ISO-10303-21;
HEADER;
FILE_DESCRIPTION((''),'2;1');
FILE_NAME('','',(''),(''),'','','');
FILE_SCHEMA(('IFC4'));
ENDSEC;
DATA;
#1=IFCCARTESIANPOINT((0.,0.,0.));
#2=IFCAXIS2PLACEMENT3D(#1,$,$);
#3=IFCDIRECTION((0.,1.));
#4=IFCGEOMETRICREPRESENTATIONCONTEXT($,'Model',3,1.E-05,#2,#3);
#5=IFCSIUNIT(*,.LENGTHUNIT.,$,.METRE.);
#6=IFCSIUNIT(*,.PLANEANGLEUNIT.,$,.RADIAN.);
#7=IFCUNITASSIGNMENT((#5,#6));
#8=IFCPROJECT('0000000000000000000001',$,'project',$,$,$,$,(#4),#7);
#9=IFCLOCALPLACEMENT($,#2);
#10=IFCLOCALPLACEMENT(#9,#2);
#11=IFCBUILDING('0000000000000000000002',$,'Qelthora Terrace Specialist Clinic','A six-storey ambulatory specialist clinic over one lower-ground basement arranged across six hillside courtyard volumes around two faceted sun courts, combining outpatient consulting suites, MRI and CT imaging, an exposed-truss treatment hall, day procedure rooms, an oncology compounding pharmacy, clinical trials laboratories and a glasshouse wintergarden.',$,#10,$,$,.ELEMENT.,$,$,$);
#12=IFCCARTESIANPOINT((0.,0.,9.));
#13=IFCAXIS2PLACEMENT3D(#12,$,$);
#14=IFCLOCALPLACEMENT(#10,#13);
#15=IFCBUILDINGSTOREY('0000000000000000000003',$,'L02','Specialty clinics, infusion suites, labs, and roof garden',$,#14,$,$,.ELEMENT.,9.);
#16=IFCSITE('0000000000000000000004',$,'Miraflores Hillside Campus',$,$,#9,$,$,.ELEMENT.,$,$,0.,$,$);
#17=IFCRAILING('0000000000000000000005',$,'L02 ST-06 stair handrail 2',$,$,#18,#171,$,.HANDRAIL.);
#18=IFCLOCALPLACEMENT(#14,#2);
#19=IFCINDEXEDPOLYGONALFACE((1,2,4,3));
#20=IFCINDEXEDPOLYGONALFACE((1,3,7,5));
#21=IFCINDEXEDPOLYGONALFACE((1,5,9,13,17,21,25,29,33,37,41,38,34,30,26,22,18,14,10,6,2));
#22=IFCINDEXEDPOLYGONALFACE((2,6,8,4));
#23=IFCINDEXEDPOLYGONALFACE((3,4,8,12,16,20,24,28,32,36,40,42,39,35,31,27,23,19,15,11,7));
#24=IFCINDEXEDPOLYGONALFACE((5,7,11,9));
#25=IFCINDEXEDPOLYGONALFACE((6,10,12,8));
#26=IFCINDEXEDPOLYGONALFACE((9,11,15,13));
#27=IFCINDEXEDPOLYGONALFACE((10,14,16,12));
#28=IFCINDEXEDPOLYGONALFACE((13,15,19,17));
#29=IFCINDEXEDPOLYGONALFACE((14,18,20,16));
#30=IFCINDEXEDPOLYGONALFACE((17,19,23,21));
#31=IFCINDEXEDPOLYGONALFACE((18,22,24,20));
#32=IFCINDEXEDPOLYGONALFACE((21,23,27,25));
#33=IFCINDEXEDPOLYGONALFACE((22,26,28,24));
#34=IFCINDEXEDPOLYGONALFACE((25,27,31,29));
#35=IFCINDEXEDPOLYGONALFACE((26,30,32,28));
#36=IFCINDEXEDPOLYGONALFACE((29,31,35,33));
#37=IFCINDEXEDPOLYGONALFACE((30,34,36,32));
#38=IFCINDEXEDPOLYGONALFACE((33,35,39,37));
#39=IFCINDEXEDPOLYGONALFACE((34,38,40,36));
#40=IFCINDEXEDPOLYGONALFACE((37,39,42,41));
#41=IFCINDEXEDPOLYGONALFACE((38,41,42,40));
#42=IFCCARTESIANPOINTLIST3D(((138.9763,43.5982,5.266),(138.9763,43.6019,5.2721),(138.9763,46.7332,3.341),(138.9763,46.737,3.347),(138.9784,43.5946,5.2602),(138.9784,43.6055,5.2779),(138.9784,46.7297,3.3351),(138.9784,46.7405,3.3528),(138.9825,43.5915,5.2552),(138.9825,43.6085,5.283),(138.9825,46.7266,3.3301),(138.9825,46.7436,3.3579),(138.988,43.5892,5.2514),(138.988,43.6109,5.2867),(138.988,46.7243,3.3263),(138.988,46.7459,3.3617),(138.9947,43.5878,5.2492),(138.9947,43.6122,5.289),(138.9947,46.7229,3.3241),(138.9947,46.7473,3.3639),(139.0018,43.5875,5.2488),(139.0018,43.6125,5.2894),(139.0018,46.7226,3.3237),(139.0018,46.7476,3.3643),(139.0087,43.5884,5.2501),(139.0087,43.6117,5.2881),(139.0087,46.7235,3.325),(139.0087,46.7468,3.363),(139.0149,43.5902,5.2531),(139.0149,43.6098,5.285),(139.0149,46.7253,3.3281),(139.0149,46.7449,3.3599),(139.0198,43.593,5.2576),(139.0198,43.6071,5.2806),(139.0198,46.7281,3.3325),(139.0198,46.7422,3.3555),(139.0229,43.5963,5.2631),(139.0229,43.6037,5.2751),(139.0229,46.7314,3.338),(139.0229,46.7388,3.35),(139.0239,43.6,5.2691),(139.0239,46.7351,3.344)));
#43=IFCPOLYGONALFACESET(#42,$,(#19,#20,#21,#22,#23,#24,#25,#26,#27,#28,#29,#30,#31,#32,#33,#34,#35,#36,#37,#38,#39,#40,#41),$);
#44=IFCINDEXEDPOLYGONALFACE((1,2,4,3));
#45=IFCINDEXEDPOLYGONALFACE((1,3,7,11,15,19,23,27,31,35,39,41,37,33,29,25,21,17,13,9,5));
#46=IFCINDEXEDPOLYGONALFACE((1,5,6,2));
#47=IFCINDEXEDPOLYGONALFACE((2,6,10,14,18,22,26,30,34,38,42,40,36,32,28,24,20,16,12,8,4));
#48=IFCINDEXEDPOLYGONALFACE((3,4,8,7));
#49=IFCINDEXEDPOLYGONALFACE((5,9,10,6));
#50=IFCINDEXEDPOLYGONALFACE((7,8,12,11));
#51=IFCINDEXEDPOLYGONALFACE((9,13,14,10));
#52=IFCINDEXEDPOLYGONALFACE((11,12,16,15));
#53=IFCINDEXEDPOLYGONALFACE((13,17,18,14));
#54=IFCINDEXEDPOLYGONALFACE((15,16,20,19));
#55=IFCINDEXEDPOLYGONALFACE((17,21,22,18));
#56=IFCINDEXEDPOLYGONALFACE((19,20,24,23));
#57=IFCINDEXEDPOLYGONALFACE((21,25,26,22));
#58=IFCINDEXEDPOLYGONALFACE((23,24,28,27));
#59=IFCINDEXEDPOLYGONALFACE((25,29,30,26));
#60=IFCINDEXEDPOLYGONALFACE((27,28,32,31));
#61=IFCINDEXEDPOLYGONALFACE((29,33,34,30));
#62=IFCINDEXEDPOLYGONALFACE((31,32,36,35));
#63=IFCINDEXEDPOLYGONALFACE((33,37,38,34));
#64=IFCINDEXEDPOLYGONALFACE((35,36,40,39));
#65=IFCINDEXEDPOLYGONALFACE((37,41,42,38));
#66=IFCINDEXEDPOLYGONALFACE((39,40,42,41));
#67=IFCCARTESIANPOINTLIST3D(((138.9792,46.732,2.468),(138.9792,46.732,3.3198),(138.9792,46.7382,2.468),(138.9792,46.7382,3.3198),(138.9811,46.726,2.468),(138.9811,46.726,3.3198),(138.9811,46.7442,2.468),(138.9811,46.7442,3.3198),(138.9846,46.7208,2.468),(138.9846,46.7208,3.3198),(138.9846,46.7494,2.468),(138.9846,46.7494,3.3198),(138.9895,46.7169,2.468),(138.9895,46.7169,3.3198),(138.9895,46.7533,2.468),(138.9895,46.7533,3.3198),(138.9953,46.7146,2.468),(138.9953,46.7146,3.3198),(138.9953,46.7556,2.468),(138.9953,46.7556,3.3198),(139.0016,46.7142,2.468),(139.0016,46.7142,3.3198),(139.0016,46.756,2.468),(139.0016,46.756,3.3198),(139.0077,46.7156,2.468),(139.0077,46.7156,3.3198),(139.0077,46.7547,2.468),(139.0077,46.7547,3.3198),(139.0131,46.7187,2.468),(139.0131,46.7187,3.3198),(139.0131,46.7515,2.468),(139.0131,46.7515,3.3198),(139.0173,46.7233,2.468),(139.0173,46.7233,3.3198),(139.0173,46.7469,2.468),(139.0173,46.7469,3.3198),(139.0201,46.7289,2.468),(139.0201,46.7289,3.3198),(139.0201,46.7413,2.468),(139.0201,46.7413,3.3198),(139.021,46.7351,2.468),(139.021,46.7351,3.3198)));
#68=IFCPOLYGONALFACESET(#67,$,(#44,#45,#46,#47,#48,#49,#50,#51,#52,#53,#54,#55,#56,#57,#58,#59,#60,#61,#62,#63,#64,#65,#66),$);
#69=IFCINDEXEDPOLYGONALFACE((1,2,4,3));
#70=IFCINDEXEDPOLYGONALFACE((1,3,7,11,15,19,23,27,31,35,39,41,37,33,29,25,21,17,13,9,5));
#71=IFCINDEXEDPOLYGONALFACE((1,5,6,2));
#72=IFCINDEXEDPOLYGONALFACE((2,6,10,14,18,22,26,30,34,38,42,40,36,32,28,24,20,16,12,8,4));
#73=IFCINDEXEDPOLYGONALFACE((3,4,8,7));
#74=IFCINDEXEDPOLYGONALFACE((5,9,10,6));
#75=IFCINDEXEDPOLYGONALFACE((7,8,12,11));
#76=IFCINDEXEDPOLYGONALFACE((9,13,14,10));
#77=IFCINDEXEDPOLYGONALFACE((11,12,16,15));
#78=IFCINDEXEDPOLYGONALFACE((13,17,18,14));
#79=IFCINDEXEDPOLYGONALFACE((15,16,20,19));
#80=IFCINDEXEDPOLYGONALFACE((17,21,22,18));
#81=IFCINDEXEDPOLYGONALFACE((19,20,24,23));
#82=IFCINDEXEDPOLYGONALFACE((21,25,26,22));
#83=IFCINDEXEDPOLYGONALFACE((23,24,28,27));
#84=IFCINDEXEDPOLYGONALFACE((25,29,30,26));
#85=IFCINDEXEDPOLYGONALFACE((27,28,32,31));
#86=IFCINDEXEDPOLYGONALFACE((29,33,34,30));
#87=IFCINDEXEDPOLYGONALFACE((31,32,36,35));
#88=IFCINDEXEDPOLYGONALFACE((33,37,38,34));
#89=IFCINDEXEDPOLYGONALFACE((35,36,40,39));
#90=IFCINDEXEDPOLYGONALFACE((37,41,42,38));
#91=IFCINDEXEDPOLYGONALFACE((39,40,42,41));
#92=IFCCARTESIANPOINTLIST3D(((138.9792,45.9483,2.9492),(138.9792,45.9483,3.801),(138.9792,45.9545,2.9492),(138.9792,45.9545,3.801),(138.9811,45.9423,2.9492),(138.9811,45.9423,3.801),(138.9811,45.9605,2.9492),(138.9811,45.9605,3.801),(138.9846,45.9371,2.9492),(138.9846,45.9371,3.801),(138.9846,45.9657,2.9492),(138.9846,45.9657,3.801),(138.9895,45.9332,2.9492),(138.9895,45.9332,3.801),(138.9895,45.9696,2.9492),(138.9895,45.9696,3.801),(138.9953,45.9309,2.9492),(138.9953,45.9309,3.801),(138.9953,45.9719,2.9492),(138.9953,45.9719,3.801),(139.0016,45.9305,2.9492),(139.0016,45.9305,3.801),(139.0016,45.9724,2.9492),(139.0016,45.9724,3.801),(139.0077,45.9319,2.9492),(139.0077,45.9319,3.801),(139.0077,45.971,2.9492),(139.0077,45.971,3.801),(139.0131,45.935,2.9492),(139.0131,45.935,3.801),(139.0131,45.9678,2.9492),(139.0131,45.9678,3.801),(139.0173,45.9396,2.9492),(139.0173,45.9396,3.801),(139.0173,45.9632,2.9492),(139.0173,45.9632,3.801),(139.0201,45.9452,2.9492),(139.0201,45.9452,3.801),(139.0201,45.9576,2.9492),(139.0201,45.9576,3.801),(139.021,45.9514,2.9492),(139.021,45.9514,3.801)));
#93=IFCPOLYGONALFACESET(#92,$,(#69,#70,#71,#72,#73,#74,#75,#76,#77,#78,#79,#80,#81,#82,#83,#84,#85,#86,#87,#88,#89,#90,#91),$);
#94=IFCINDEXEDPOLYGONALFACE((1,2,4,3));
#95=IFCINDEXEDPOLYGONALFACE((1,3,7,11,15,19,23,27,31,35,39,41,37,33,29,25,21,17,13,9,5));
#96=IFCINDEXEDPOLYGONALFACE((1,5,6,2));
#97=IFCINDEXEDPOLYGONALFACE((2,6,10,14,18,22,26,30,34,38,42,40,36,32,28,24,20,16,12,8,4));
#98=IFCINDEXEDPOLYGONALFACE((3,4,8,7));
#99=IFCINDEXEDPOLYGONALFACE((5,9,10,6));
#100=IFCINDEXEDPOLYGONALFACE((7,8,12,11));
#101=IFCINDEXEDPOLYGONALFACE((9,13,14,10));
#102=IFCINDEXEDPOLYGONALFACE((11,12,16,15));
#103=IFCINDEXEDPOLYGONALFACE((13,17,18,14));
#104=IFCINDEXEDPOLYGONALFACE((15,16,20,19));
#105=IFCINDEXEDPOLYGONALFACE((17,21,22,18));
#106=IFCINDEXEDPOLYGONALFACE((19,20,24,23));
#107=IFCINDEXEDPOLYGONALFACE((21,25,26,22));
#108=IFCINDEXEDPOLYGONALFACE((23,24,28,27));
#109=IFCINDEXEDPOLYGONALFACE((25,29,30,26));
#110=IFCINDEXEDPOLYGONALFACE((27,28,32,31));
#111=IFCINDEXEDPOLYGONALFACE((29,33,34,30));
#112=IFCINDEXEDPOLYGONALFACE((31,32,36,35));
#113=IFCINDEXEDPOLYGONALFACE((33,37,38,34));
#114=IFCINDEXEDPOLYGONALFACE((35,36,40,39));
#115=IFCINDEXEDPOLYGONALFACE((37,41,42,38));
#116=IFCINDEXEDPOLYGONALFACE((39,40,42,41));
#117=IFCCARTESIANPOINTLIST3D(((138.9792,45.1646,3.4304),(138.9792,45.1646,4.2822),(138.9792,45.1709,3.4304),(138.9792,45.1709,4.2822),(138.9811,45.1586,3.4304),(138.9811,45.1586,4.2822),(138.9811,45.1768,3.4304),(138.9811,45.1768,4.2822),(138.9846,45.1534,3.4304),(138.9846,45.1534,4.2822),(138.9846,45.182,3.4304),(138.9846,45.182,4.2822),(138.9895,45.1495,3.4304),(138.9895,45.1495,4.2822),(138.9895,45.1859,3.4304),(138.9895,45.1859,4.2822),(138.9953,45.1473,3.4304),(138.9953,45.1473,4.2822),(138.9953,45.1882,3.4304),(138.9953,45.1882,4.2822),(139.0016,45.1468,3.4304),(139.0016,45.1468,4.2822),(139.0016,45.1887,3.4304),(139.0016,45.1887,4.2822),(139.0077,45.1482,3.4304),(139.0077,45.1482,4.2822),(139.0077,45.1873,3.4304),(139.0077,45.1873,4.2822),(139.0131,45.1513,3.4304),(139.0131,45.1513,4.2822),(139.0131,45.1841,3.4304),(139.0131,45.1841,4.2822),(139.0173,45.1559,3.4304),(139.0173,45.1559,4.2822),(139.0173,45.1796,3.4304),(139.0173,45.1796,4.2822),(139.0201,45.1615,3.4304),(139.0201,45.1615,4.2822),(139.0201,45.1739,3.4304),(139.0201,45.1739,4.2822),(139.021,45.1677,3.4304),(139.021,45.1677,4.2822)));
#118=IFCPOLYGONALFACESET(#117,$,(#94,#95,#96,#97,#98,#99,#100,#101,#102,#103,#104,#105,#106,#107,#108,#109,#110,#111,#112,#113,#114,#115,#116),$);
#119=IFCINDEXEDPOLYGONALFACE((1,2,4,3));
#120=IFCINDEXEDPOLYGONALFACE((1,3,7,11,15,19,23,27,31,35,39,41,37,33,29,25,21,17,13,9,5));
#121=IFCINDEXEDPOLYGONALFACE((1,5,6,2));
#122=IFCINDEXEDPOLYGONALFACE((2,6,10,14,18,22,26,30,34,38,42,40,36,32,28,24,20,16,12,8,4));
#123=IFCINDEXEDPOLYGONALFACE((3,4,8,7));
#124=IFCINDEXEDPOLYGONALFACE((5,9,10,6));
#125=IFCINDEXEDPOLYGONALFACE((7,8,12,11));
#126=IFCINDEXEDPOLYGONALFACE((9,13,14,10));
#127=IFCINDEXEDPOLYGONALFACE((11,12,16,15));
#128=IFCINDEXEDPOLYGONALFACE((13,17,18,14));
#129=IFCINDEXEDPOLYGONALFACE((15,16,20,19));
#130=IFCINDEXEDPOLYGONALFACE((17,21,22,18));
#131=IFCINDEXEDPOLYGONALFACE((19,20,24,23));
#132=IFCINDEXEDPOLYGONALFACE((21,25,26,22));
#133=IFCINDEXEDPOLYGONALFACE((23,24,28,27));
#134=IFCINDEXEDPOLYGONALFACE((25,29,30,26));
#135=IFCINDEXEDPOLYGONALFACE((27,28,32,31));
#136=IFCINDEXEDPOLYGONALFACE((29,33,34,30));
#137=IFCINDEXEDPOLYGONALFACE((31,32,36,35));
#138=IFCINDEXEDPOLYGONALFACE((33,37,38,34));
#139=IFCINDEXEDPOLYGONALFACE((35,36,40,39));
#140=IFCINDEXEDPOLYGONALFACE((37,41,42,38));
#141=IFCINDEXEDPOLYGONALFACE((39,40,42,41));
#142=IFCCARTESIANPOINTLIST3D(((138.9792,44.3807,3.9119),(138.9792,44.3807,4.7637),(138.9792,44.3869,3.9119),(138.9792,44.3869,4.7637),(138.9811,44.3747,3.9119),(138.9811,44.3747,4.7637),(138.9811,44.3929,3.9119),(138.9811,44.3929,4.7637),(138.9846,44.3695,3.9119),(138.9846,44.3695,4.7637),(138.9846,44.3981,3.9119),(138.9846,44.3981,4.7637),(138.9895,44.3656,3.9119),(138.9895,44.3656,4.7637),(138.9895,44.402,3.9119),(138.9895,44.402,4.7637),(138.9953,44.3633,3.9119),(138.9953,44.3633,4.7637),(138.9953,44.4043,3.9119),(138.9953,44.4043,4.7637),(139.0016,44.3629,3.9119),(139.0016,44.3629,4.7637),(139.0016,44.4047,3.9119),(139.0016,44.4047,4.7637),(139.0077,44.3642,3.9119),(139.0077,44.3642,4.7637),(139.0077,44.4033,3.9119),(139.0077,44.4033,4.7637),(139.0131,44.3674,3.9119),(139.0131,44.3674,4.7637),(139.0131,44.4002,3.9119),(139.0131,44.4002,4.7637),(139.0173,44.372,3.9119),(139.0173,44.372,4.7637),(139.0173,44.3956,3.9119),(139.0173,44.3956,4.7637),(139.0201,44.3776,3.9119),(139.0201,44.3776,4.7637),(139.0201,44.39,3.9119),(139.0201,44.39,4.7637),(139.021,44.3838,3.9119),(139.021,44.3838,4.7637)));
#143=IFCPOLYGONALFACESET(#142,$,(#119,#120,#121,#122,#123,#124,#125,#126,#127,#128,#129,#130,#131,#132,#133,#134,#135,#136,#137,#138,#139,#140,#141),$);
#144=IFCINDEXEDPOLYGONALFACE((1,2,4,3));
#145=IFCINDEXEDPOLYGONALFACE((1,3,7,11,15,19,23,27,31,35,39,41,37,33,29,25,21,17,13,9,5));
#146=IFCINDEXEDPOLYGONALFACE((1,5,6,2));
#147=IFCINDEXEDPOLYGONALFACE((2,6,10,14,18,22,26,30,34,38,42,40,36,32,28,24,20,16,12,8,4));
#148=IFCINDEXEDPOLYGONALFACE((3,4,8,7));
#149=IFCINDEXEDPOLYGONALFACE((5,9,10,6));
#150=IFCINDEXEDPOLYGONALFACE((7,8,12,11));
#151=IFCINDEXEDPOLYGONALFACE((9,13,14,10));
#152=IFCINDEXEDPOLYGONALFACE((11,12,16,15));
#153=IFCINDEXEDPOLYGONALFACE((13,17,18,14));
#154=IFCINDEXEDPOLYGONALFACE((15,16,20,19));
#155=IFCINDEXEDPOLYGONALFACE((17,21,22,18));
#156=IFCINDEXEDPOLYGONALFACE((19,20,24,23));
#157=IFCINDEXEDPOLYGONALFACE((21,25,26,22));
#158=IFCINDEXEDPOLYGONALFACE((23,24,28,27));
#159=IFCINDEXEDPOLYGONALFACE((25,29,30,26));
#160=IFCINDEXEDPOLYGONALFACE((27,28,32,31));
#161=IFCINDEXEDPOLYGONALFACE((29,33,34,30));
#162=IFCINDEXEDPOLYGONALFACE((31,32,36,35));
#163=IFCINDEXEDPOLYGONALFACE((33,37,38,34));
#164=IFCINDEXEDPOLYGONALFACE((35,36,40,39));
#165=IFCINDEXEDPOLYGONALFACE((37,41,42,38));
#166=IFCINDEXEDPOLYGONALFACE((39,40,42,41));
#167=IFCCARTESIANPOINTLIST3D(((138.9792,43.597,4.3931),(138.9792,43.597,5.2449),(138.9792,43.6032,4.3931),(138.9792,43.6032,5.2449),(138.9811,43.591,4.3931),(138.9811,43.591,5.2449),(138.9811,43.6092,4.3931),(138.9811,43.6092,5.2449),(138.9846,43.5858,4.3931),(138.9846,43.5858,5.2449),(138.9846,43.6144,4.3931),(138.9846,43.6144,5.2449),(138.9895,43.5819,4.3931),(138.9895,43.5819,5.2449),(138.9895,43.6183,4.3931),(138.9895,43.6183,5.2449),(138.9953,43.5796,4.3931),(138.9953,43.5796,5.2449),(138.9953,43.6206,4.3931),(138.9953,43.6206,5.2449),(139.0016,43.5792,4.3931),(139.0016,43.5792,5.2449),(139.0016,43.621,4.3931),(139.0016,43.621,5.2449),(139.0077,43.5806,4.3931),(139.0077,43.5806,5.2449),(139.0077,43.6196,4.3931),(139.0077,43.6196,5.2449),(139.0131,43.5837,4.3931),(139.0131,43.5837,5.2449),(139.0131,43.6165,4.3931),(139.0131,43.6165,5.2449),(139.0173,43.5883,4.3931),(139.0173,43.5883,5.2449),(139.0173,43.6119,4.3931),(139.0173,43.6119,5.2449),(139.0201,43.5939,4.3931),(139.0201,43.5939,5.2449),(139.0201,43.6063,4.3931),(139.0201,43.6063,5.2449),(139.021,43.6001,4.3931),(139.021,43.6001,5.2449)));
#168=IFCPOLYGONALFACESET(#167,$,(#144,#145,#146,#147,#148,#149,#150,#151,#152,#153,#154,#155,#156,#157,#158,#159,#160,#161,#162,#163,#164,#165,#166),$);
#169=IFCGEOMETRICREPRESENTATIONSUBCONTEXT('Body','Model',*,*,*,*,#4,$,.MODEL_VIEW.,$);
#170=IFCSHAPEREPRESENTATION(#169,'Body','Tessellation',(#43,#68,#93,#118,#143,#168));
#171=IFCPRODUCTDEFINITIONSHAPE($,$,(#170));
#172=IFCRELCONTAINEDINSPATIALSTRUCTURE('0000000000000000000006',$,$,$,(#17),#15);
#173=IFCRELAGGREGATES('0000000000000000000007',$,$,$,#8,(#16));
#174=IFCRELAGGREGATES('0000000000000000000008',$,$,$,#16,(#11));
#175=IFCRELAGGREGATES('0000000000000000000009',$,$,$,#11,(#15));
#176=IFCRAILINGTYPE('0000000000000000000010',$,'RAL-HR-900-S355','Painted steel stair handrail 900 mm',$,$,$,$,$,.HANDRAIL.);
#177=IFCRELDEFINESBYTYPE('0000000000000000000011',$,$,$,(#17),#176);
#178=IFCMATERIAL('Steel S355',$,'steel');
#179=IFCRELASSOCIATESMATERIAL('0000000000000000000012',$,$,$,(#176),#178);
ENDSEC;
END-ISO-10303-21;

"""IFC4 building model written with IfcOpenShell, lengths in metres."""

from ifc_helpers import new_model, si_unit, direction, frame, origin, origin_2d, place, context, subcontext, project, spatial, circle, extrude, material, type_object, element, save


model = new_model("IFC4")

# Units and contexts
model_context = context("Model", 3, precision=1e-05, world=origin(), true_north=direction((0.0, 1.0)))
body_context = subcontext(model_context, "Body", "Model", "MODEL_VIEW")
ifc_project = project(units=[si_unit("LENGTHUNIT", "METRE"), si_unit("PLANEANGLEUNIT", "RADIAN")], contexts=[model_context])

# Site, building, storey
site_placement = place(None, origin())
site = spatial("IfcSite", under=ifc_project, at=site_placement, Name="Miraflores Hillside Campus", CompositionType="ELEMENT", RefElevation=0.0)
building_placement = place(site_placement, origin())
building = spatial("IfcBuilding", under=site, at=building_placement, Name="Qelthora Terrace Specialist Clinic", Description="A six-storey ambulatory specialist clinic over one lower-ground basement arranged across six hillside courtyard volumes around two faceted sun courts, combining outpatient consulting suites, MRI and CT imaging, an exposed-truss treatment hall, day procedure rooms, an oncology compounding pharmacy, clinical trials laboratories and a glasshouse wintergarden.", CompositionType="ELEMENT")
storey_placement = place(building_placement, frame((0.0, 0.0, 9.0)))
storey = spatial("IfcBuildingStorey", under=building, at=storey_placement, Name="L02", Description="Specialty clinics, infusion suites, labs, and roof garden", CompositionType="ELEMENT", Elevation=9.0)

# Shared definitions
ifc_material_1 = material(Name="Steel S355", Category="steel")

# Railing
railing_type_1 = type_object("IfcRailingType", Name="RAL-HR-900-S355", Description="Painted steel stair handrail 900 mm", PredefinedType="HANDRAIL", material=ifc_material_1)
railing_1_placement = place(storey_placement, frame((139.0, 46.7351, 2.468)))
element("IfcRailing", 1, at=railing_1_placement, inside=storey, type_object=railing_type_1, Name="L02 ST-06 stair handrail 2", PredefinedType="HANDRAIL", context=body_context, shape_type="SweptSolid", body=[
    extrude(circle(Radius=0.0239, at=origin_2d()), frame((0.0, 0.0, 0.876), z_axis=(0.0, -0.852166, 0.523271), x_axis=(1.0, 0.0, 0.0)), (0.0, 0.0, 1.0), 3.679),
    extrude(circle(Radius=0.021, at=origin_2d()), origin(), (0.0, 0.0, 1.0), 0.8518),
    extrude(circle(Radius=0.021, at=origin_2d()), frame((0.0, -0.7837, 0.4812)), (0.0, 0.0, 1.0), 0.8518),
    extrude(circle(Radius=0.021, at=origin_2d()), frame((0.0, -1.5674, 0.9624)), (0.0, 0.0, 1.0), 0.8518),
    extrude(circle(Radius=0.021, at=origin_2d()), frame((0.0, -2.3513, 1.4438)), (0.0, 0.0, 1.0), 0.8518),
    extrude(circle(Radius=0.021, at=origin_2d()), frame((0.0, -3.135, 1.925)), (0.0, 0.0, 1.0), 0.8518),
])

save(model, "model.ifc")
